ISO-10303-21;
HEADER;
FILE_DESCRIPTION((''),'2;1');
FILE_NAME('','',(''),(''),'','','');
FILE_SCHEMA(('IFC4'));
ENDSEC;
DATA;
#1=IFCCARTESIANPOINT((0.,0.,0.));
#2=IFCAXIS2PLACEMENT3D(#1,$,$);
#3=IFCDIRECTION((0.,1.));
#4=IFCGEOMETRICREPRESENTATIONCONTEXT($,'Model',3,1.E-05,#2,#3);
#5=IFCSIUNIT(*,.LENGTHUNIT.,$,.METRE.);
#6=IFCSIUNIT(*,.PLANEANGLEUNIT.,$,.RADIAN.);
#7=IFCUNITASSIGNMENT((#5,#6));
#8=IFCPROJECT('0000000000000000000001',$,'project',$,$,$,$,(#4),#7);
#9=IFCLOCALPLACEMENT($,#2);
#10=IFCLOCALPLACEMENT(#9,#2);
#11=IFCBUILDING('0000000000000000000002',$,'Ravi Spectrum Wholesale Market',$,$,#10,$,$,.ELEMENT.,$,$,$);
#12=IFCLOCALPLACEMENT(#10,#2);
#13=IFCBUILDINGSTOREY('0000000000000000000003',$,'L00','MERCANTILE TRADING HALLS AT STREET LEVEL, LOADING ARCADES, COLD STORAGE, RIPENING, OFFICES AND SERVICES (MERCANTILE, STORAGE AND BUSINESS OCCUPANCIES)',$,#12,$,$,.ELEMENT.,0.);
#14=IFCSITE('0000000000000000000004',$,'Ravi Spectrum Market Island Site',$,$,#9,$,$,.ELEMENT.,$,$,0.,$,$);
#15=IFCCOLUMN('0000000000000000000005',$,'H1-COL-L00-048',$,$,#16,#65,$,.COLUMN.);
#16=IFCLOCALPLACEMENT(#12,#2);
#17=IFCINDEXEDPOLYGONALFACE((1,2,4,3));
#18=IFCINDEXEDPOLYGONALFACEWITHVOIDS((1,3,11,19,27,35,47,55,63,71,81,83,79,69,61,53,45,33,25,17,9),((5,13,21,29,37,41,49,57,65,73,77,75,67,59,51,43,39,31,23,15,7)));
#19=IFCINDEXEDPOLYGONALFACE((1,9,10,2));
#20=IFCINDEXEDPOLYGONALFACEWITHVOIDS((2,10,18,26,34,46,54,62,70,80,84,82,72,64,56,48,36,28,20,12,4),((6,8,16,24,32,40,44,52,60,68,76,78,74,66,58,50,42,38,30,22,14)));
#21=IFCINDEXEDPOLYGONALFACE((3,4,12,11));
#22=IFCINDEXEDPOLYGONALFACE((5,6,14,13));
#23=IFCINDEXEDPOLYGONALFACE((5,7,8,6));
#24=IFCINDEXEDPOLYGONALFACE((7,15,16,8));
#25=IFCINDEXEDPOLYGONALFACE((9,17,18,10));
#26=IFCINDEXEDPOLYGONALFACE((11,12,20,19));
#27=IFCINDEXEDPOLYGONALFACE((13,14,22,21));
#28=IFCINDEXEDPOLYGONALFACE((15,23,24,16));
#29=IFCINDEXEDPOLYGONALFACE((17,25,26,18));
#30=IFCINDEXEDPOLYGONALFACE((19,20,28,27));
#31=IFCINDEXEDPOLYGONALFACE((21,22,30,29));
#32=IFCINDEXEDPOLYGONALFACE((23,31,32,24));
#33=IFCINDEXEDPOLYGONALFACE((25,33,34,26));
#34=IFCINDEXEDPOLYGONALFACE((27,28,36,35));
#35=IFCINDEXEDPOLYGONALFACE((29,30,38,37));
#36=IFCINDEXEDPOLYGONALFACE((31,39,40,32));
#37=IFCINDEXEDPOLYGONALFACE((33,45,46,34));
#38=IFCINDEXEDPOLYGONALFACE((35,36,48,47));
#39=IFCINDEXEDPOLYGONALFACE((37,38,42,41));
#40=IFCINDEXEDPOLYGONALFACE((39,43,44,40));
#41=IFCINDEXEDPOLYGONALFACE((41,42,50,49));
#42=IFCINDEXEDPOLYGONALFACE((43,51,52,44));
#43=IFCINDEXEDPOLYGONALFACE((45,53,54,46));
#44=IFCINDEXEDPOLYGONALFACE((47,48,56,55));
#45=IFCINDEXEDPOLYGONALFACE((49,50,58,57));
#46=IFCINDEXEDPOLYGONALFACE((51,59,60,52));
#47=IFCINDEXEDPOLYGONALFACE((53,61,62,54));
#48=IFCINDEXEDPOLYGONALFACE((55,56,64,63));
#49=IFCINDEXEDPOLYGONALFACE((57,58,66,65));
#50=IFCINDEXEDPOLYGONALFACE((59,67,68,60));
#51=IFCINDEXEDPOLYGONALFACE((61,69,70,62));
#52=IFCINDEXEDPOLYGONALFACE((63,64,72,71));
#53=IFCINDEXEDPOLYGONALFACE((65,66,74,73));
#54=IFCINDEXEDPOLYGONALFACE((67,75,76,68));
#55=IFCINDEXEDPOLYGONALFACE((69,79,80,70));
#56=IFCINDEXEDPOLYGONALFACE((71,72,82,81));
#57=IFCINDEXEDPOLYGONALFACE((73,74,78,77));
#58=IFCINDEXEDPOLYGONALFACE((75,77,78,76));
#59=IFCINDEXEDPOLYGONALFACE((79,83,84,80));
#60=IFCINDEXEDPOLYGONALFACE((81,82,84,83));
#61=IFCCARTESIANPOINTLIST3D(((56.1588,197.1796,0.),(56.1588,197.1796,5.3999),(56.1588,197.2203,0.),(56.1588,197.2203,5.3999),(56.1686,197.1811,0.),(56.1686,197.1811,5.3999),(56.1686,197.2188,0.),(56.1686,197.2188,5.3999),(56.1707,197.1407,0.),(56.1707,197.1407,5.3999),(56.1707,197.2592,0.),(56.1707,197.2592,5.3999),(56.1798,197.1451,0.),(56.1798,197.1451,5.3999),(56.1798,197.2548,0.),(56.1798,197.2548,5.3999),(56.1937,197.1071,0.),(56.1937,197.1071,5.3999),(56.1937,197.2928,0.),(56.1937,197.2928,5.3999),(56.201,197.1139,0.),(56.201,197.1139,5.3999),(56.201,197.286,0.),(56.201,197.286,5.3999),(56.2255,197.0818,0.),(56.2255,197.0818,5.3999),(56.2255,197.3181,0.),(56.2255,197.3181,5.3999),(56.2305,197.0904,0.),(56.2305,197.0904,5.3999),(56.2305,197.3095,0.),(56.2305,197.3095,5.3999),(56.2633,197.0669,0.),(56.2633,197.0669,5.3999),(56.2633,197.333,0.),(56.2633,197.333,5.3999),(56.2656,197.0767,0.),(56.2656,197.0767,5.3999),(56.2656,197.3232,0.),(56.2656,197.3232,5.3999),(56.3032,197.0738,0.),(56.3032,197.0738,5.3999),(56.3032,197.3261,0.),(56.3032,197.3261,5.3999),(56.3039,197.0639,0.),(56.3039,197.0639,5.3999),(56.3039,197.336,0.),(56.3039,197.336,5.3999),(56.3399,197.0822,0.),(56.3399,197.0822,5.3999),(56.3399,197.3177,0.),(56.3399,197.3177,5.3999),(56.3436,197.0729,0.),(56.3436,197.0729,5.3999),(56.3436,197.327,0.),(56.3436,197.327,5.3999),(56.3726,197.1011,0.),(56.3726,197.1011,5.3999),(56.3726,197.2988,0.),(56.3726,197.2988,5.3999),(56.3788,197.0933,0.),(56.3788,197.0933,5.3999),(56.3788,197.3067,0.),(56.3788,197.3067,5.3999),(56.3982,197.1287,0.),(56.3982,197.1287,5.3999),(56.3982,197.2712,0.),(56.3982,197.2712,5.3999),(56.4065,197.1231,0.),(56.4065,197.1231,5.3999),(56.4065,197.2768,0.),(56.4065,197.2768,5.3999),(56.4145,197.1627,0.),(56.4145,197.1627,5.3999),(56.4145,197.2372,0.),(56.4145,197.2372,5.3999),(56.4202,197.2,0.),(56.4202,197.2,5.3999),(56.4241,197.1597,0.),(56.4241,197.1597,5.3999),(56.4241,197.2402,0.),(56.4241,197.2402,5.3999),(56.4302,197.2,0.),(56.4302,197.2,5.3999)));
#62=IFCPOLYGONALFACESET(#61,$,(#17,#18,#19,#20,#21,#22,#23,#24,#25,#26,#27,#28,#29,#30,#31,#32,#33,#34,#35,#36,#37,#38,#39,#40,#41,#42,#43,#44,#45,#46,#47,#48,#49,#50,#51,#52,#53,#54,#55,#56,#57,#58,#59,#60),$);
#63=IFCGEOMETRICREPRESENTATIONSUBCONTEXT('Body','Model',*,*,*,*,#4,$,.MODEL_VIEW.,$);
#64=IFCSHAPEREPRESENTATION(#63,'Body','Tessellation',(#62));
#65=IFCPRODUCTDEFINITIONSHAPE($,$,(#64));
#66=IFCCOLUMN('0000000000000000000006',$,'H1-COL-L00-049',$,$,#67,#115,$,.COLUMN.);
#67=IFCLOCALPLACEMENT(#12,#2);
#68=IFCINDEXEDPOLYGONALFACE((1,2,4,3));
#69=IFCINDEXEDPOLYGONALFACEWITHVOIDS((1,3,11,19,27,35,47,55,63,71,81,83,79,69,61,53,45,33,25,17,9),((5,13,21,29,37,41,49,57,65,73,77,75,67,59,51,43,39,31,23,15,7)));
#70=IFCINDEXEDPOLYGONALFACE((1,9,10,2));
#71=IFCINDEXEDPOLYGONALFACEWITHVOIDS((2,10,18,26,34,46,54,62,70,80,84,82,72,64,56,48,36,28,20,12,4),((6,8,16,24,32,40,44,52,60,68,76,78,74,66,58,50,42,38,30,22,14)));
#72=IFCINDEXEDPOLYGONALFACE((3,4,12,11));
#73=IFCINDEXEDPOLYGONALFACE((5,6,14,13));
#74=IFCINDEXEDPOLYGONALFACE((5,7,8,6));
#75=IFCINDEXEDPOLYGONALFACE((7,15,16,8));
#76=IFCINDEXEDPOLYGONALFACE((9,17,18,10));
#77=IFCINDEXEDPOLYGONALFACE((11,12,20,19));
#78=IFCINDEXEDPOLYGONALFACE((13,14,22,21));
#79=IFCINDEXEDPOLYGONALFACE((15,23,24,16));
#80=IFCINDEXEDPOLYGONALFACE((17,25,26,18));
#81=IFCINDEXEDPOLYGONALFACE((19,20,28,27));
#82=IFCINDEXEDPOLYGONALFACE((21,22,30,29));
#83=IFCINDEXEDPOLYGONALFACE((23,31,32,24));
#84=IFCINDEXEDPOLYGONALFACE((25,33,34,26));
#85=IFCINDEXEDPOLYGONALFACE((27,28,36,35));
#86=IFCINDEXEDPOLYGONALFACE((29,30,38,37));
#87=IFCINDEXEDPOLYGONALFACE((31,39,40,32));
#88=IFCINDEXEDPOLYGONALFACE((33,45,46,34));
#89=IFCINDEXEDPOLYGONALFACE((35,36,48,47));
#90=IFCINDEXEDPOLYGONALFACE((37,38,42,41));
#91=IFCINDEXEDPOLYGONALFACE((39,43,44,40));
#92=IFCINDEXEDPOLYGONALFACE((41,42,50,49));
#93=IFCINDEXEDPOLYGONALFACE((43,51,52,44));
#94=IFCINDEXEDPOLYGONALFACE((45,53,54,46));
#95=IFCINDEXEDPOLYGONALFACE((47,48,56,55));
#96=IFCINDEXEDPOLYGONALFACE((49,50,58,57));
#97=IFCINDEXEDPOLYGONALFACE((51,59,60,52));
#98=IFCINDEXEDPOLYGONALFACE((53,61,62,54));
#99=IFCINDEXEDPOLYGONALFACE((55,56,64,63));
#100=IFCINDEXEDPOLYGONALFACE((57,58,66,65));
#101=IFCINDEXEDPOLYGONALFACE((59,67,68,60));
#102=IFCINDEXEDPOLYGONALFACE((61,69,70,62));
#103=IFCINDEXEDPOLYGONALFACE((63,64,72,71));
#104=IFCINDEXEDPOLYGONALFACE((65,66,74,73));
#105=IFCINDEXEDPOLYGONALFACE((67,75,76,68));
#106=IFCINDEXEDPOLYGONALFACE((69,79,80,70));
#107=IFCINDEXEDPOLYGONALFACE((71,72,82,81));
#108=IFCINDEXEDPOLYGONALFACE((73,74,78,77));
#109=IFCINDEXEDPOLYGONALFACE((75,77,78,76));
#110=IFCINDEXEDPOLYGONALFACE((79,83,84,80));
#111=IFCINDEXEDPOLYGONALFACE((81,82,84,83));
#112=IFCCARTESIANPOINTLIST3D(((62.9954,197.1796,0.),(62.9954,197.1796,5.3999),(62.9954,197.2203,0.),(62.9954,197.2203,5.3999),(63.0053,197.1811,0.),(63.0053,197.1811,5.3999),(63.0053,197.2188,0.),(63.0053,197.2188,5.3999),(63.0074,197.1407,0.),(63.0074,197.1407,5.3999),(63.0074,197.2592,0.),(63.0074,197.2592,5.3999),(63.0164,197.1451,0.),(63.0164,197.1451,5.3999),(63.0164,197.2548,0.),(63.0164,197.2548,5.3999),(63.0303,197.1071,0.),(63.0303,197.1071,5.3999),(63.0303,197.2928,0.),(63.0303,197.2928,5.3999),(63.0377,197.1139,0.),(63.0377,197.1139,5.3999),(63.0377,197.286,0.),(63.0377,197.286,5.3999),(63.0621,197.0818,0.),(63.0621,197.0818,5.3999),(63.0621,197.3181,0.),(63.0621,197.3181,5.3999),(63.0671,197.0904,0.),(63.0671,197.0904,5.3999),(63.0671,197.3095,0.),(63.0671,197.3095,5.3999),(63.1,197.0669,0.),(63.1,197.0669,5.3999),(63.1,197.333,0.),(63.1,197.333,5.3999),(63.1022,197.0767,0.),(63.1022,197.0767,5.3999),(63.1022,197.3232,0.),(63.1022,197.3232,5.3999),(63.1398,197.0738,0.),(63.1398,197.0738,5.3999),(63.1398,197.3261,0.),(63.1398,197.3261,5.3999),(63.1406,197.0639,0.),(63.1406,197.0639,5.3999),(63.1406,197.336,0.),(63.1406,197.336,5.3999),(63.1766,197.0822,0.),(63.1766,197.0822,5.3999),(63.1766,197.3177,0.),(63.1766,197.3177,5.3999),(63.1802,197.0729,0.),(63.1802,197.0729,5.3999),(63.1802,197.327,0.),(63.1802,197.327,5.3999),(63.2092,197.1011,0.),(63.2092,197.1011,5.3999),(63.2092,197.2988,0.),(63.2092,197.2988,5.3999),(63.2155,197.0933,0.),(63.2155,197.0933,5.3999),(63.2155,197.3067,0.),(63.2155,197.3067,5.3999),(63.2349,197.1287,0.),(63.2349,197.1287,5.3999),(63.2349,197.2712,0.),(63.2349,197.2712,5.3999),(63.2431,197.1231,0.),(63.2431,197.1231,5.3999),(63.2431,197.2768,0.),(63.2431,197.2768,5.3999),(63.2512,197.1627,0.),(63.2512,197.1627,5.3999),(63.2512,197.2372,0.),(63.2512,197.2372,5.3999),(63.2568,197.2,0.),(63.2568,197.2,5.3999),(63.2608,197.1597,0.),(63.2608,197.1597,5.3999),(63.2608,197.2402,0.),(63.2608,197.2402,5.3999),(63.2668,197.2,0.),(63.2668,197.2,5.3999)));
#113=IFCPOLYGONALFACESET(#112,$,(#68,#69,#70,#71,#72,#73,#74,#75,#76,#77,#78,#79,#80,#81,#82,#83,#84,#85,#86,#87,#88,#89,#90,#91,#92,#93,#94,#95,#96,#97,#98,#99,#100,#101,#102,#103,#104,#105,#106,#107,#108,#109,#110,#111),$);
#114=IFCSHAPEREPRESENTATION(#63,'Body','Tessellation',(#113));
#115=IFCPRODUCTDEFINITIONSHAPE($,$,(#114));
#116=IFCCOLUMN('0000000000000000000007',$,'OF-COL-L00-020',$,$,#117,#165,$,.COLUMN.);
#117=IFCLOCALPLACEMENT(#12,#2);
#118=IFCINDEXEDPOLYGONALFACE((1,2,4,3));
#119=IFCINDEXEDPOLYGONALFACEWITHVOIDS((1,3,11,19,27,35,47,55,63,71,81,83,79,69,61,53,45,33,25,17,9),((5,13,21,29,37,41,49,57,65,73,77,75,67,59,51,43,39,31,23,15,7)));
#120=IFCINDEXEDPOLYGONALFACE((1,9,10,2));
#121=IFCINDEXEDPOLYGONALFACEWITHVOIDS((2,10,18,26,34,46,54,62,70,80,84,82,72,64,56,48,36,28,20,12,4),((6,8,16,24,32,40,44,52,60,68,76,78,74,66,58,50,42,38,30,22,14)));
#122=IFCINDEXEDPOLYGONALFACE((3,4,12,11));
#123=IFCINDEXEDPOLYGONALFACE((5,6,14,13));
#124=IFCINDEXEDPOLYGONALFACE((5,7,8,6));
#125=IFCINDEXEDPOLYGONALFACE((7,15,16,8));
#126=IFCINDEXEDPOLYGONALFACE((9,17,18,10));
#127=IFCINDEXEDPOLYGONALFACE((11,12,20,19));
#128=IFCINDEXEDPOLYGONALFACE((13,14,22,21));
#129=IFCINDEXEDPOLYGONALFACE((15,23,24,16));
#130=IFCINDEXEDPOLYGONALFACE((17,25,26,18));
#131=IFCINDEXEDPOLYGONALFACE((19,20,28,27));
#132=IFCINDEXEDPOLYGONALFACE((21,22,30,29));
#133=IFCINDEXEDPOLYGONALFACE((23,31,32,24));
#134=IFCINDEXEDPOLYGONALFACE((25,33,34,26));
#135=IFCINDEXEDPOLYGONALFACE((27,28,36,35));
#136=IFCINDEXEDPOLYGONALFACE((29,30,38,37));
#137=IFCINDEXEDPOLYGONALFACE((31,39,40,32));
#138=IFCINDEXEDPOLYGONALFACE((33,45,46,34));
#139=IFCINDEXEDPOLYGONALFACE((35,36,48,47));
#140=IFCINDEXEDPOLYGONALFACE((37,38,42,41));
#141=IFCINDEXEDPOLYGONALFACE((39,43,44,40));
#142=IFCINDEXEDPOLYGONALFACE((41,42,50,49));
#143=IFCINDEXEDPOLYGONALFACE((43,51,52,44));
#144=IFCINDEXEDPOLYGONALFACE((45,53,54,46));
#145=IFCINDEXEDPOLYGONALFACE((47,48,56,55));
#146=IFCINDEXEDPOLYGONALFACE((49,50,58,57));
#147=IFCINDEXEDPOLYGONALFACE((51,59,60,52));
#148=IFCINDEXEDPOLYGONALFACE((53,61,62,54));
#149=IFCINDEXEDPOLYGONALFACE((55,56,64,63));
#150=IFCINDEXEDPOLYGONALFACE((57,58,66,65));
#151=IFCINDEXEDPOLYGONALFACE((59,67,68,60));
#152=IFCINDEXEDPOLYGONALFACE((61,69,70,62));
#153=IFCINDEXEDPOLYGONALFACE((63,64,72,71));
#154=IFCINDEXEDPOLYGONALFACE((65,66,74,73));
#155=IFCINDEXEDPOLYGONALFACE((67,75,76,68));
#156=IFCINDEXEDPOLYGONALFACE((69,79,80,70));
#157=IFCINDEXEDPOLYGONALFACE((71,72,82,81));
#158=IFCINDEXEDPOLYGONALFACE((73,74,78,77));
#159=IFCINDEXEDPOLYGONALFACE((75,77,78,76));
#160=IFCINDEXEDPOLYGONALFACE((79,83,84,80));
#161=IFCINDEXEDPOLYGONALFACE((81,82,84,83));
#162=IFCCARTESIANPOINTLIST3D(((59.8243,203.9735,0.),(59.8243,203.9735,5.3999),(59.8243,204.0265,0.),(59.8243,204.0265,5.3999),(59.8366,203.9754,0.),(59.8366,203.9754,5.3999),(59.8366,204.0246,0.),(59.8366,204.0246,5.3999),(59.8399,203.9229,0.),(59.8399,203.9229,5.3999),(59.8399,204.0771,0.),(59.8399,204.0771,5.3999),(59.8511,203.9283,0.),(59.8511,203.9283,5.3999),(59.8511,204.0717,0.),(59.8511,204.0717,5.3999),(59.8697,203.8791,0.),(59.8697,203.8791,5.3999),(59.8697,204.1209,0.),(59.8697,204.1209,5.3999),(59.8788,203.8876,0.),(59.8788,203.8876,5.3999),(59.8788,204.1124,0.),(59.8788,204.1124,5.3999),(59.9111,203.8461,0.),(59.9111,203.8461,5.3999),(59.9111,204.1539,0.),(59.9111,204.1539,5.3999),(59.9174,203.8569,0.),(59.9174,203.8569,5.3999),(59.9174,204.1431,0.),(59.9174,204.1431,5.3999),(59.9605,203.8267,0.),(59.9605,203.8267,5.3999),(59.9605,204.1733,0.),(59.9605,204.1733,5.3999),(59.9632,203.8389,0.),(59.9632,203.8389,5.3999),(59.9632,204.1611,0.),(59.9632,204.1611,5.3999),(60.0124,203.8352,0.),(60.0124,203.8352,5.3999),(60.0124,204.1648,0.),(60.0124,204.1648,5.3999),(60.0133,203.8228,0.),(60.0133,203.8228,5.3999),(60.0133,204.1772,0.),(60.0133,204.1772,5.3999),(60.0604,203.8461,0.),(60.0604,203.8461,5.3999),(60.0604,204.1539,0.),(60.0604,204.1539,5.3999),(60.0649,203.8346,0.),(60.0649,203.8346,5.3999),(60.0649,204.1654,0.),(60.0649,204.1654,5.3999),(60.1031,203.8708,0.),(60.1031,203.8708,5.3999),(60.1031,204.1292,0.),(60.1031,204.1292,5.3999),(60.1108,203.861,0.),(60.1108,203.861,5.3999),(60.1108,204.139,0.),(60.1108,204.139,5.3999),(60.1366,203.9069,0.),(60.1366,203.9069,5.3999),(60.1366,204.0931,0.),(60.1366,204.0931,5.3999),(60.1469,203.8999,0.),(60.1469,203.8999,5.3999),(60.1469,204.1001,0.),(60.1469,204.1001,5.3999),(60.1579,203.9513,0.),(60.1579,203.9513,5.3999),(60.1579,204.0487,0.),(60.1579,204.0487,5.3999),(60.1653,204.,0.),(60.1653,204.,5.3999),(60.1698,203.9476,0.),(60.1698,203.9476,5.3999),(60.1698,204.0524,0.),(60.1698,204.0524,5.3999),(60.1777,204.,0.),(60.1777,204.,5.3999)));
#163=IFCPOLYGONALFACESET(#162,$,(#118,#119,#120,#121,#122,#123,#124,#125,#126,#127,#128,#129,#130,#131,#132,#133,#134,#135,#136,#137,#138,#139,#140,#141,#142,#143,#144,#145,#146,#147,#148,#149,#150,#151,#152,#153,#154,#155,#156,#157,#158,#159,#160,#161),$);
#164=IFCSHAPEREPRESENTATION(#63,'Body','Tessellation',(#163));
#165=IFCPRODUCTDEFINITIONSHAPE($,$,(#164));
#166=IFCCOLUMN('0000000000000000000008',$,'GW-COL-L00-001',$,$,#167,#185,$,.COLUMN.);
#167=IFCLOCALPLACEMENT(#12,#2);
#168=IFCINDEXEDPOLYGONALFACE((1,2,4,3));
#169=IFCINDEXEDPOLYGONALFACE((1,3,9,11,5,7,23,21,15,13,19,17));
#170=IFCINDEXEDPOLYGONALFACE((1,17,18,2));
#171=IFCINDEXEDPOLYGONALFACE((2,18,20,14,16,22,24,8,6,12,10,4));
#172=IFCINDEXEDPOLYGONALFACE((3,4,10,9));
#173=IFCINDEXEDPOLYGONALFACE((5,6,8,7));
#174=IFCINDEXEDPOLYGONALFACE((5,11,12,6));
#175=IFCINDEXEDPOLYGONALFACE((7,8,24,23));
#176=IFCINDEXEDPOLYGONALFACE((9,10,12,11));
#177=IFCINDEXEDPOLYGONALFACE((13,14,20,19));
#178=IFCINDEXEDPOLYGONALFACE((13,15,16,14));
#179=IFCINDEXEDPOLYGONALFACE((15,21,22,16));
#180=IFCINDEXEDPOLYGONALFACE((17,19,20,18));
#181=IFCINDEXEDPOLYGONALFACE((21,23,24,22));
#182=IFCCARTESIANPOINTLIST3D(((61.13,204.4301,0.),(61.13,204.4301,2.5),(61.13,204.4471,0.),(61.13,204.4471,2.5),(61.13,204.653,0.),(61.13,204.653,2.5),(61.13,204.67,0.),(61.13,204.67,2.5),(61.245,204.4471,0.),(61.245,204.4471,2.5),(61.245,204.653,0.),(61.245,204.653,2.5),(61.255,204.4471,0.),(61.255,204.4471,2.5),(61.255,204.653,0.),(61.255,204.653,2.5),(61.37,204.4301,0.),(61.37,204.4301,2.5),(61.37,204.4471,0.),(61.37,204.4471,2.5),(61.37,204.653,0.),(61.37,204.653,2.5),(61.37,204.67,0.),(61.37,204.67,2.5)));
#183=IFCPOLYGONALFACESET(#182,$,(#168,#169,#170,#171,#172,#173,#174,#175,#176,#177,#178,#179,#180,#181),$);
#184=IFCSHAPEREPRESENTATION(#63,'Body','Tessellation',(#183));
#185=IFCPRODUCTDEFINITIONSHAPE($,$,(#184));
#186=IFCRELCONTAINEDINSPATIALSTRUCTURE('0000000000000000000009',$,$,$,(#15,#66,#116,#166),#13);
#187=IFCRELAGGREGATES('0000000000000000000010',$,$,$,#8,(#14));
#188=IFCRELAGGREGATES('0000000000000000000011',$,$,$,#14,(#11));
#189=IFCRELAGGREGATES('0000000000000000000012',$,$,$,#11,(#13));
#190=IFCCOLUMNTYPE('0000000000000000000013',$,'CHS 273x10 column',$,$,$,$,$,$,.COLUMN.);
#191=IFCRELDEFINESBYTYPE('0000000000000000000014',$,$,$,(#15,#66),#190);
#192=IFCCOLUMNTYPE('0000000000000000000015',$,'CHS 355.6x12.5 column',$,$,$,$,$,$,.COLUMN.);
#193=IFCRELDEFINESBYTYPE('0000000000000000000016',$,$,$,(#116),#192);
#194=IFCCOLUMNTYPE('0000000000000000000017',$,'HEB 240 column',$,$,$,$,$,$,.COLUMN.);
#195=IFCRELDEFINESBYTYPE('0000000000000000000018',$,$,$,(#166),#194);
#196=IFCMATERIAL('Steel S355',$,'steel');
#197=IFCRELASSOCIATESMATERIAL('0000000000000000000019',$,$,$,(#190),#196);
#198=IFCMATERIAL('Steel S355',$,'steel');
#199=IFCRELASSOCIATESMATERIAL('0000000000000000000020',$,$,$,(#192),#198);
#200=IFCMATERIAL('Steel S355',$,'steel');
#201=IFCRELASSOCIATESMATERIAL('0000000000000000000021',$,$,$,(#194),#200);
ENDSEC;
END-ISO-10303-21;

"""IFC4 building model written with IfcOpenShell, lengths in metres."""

from ifc_helpers import new_model, si_unit, direction, frame, origin, origin_2d, place, context, subcontext, project, spatial, hollow_circle, i_section, extrude, material, material_profile, profile_set, type_object, element, save


model = new_model("IFC4")

# Units and contexts
model_context = context("Model", 3, precision=1e-05, world=origin(), true_north=direction((0.0, 1.0)))
body_context = subcontext(model_context, "Body", "Model", "MODEL_VIEW")
ifc_project = project(units=[si_unit("LENGTHUNIT", "METRE"), si_unit("PLANEANGLEUNIT", "RADIAN")], contexts=[model_context])

# Site, building, storey
site_placement = place(None, origin())
site = spatial("IfcSite", under=ifc_project, at=site_placement, Name="Ravi Spectrum Market Island Site", CompositionType="ELEMENT", RefElevation=0.0)
building_placement = place(site_placement, origin())
building = spatial("IfcBuilding", under=site, at=building_placement, Name="Ravi Spectrum Wholesale Market", CompositionType="ELEMENT")
storey_placement = place(building_placement, origin())
storey = spatial("IfcBuildingStorey", under=building, at=storey_placement, Name="L00", Description="MERCANTILE TRADING HALLS AT STREET LEVEL, LOADING ARCADES, COLD STORAGE, RIPENING, OFFICES AND SERVICES (MERCANTILE, STORAGE AND BUSINESS OCCUPANCIES)", CompositionType="ELEMENT", Elevation=0.0)

# Columns
ifc_material_1 = material(Name="Steel S355", Category="steel")
ifc_material_profile_1 = material_profile(ifc_material_1, hollow_circle(Radius=0.1365, WallThickness=0.01, at=origin_2d()))
ifc_profile_set_1 = profile_set([ifc_material_profile_1], Name="Steel S355")
column_type_1 = type_object("IfcColumnType", Name="CHS 273x10 column", PredefinedType="COLUMN", material=ifc_profile_set_1)
for number, where, z_axis, x_axis, name in (
    (1, (56.2937, 197.2, 0.0), (0.0, 0.0, 1.0), (1.0, 0.0, 0.0), "H1-COL-L00-048"),
    (2, (63.1304, 197.2, 0.0), (0.0, 0.0, 1.0), (1.0, 0.0, 0.0), "H1-COL-L00-049"),
):
    element("IfcColumn", number, at=place(storey_placement, frame(where, z_axis=z_axis, x_axis=x_axis)), inside=storey, type_object=column_type_1, Name=name, PredefinedType="COLUMN", context=body_context, shape_type="SweptSolid", body=[
        extrude(hollow_circle(Radius=0.1365, WallThickness=0.01, at=origin_2d()), origin(), (0.0, 0.0, 1.0), 5.3999),
    ])
ifc_material_2 = material(Name="Steel S355", Category="steel")
ifc_material_profile_2 = material_profile(ifc_material_2, hollow_circle(Radius=0.1777, WallThickness=0.0125, at=origin_2d()))
ifc_profile_set_2 = profile_set([ifc_material_profile_2], Name="Steel S355")
column_type_2 = type_object("IfcColumnType", Name="CHS 355.6x12.5 column", PredefinedType="COLUMN", material=ifc_profile_set_2)
column_1_placement = place(storey_placement, frame((60.0, 204.0, 0.0), z_axis=(0.0, 0.0, 1.0), x_axis=(1.0, 0.0, 0.0)))
element("IfcColumn", 3, at=column_1_placement, inside=storey, type_object=column_type_2, Name="OF-COL-L00-020", PredefinedType="COLUMN", context=body_context, shape_type="SweptSolid", body=[
    extrude(hollow_circle(Radius=0.1777, WallThickness=0.0125, at=origin_2d()), origin(), (0.0, 0.0, 1.0), 5.3999),
])
ifc_material_3 = material(Name="Steel S355", Category="steel")
ifc_material_profile_3 = material_profile(ifc_material_3, i_section(OverallWidth=0.24, OverallDepth=0.24, WebThickness=0.01, FlangeThickness=0.0171, at=origin_2d()))
ifc_profile_set_3 = profile_set([ifc_material_profile_3], Name="Steel S355")
column_type_3 = type_object("IfcColumnType", Name="HEB 240 column", PredefinedType="COLUMN", material=ifc_profile_set_3)
for number, where, z_axis, x_axis, name in (
    (4, (61.25, 204.55, 0.0), (0.0, 0.0, 1.0), (1.0, 0.0, 0.0), "GW-COL-L00-001"),
):
    element("IfcColumn", number, at=place(storey_placement, frame(where, z_axis=z_axis, x_axis=x_axis)), inside=storey, type_object=column_type_3, Name=name, PredefinedType="COLUMN", context=body_context, shape_type="SweptSolid", body=[
        extrude(i_section(OverallWidth=0.24, OverallDepth=0.24, WebThickness=0.01, FlangeThickness=0.0171, at=origin_2d()), origin(), (0.0, 0.0, 1.0), 2.5),
    ])

save(model, "model.ifc")
